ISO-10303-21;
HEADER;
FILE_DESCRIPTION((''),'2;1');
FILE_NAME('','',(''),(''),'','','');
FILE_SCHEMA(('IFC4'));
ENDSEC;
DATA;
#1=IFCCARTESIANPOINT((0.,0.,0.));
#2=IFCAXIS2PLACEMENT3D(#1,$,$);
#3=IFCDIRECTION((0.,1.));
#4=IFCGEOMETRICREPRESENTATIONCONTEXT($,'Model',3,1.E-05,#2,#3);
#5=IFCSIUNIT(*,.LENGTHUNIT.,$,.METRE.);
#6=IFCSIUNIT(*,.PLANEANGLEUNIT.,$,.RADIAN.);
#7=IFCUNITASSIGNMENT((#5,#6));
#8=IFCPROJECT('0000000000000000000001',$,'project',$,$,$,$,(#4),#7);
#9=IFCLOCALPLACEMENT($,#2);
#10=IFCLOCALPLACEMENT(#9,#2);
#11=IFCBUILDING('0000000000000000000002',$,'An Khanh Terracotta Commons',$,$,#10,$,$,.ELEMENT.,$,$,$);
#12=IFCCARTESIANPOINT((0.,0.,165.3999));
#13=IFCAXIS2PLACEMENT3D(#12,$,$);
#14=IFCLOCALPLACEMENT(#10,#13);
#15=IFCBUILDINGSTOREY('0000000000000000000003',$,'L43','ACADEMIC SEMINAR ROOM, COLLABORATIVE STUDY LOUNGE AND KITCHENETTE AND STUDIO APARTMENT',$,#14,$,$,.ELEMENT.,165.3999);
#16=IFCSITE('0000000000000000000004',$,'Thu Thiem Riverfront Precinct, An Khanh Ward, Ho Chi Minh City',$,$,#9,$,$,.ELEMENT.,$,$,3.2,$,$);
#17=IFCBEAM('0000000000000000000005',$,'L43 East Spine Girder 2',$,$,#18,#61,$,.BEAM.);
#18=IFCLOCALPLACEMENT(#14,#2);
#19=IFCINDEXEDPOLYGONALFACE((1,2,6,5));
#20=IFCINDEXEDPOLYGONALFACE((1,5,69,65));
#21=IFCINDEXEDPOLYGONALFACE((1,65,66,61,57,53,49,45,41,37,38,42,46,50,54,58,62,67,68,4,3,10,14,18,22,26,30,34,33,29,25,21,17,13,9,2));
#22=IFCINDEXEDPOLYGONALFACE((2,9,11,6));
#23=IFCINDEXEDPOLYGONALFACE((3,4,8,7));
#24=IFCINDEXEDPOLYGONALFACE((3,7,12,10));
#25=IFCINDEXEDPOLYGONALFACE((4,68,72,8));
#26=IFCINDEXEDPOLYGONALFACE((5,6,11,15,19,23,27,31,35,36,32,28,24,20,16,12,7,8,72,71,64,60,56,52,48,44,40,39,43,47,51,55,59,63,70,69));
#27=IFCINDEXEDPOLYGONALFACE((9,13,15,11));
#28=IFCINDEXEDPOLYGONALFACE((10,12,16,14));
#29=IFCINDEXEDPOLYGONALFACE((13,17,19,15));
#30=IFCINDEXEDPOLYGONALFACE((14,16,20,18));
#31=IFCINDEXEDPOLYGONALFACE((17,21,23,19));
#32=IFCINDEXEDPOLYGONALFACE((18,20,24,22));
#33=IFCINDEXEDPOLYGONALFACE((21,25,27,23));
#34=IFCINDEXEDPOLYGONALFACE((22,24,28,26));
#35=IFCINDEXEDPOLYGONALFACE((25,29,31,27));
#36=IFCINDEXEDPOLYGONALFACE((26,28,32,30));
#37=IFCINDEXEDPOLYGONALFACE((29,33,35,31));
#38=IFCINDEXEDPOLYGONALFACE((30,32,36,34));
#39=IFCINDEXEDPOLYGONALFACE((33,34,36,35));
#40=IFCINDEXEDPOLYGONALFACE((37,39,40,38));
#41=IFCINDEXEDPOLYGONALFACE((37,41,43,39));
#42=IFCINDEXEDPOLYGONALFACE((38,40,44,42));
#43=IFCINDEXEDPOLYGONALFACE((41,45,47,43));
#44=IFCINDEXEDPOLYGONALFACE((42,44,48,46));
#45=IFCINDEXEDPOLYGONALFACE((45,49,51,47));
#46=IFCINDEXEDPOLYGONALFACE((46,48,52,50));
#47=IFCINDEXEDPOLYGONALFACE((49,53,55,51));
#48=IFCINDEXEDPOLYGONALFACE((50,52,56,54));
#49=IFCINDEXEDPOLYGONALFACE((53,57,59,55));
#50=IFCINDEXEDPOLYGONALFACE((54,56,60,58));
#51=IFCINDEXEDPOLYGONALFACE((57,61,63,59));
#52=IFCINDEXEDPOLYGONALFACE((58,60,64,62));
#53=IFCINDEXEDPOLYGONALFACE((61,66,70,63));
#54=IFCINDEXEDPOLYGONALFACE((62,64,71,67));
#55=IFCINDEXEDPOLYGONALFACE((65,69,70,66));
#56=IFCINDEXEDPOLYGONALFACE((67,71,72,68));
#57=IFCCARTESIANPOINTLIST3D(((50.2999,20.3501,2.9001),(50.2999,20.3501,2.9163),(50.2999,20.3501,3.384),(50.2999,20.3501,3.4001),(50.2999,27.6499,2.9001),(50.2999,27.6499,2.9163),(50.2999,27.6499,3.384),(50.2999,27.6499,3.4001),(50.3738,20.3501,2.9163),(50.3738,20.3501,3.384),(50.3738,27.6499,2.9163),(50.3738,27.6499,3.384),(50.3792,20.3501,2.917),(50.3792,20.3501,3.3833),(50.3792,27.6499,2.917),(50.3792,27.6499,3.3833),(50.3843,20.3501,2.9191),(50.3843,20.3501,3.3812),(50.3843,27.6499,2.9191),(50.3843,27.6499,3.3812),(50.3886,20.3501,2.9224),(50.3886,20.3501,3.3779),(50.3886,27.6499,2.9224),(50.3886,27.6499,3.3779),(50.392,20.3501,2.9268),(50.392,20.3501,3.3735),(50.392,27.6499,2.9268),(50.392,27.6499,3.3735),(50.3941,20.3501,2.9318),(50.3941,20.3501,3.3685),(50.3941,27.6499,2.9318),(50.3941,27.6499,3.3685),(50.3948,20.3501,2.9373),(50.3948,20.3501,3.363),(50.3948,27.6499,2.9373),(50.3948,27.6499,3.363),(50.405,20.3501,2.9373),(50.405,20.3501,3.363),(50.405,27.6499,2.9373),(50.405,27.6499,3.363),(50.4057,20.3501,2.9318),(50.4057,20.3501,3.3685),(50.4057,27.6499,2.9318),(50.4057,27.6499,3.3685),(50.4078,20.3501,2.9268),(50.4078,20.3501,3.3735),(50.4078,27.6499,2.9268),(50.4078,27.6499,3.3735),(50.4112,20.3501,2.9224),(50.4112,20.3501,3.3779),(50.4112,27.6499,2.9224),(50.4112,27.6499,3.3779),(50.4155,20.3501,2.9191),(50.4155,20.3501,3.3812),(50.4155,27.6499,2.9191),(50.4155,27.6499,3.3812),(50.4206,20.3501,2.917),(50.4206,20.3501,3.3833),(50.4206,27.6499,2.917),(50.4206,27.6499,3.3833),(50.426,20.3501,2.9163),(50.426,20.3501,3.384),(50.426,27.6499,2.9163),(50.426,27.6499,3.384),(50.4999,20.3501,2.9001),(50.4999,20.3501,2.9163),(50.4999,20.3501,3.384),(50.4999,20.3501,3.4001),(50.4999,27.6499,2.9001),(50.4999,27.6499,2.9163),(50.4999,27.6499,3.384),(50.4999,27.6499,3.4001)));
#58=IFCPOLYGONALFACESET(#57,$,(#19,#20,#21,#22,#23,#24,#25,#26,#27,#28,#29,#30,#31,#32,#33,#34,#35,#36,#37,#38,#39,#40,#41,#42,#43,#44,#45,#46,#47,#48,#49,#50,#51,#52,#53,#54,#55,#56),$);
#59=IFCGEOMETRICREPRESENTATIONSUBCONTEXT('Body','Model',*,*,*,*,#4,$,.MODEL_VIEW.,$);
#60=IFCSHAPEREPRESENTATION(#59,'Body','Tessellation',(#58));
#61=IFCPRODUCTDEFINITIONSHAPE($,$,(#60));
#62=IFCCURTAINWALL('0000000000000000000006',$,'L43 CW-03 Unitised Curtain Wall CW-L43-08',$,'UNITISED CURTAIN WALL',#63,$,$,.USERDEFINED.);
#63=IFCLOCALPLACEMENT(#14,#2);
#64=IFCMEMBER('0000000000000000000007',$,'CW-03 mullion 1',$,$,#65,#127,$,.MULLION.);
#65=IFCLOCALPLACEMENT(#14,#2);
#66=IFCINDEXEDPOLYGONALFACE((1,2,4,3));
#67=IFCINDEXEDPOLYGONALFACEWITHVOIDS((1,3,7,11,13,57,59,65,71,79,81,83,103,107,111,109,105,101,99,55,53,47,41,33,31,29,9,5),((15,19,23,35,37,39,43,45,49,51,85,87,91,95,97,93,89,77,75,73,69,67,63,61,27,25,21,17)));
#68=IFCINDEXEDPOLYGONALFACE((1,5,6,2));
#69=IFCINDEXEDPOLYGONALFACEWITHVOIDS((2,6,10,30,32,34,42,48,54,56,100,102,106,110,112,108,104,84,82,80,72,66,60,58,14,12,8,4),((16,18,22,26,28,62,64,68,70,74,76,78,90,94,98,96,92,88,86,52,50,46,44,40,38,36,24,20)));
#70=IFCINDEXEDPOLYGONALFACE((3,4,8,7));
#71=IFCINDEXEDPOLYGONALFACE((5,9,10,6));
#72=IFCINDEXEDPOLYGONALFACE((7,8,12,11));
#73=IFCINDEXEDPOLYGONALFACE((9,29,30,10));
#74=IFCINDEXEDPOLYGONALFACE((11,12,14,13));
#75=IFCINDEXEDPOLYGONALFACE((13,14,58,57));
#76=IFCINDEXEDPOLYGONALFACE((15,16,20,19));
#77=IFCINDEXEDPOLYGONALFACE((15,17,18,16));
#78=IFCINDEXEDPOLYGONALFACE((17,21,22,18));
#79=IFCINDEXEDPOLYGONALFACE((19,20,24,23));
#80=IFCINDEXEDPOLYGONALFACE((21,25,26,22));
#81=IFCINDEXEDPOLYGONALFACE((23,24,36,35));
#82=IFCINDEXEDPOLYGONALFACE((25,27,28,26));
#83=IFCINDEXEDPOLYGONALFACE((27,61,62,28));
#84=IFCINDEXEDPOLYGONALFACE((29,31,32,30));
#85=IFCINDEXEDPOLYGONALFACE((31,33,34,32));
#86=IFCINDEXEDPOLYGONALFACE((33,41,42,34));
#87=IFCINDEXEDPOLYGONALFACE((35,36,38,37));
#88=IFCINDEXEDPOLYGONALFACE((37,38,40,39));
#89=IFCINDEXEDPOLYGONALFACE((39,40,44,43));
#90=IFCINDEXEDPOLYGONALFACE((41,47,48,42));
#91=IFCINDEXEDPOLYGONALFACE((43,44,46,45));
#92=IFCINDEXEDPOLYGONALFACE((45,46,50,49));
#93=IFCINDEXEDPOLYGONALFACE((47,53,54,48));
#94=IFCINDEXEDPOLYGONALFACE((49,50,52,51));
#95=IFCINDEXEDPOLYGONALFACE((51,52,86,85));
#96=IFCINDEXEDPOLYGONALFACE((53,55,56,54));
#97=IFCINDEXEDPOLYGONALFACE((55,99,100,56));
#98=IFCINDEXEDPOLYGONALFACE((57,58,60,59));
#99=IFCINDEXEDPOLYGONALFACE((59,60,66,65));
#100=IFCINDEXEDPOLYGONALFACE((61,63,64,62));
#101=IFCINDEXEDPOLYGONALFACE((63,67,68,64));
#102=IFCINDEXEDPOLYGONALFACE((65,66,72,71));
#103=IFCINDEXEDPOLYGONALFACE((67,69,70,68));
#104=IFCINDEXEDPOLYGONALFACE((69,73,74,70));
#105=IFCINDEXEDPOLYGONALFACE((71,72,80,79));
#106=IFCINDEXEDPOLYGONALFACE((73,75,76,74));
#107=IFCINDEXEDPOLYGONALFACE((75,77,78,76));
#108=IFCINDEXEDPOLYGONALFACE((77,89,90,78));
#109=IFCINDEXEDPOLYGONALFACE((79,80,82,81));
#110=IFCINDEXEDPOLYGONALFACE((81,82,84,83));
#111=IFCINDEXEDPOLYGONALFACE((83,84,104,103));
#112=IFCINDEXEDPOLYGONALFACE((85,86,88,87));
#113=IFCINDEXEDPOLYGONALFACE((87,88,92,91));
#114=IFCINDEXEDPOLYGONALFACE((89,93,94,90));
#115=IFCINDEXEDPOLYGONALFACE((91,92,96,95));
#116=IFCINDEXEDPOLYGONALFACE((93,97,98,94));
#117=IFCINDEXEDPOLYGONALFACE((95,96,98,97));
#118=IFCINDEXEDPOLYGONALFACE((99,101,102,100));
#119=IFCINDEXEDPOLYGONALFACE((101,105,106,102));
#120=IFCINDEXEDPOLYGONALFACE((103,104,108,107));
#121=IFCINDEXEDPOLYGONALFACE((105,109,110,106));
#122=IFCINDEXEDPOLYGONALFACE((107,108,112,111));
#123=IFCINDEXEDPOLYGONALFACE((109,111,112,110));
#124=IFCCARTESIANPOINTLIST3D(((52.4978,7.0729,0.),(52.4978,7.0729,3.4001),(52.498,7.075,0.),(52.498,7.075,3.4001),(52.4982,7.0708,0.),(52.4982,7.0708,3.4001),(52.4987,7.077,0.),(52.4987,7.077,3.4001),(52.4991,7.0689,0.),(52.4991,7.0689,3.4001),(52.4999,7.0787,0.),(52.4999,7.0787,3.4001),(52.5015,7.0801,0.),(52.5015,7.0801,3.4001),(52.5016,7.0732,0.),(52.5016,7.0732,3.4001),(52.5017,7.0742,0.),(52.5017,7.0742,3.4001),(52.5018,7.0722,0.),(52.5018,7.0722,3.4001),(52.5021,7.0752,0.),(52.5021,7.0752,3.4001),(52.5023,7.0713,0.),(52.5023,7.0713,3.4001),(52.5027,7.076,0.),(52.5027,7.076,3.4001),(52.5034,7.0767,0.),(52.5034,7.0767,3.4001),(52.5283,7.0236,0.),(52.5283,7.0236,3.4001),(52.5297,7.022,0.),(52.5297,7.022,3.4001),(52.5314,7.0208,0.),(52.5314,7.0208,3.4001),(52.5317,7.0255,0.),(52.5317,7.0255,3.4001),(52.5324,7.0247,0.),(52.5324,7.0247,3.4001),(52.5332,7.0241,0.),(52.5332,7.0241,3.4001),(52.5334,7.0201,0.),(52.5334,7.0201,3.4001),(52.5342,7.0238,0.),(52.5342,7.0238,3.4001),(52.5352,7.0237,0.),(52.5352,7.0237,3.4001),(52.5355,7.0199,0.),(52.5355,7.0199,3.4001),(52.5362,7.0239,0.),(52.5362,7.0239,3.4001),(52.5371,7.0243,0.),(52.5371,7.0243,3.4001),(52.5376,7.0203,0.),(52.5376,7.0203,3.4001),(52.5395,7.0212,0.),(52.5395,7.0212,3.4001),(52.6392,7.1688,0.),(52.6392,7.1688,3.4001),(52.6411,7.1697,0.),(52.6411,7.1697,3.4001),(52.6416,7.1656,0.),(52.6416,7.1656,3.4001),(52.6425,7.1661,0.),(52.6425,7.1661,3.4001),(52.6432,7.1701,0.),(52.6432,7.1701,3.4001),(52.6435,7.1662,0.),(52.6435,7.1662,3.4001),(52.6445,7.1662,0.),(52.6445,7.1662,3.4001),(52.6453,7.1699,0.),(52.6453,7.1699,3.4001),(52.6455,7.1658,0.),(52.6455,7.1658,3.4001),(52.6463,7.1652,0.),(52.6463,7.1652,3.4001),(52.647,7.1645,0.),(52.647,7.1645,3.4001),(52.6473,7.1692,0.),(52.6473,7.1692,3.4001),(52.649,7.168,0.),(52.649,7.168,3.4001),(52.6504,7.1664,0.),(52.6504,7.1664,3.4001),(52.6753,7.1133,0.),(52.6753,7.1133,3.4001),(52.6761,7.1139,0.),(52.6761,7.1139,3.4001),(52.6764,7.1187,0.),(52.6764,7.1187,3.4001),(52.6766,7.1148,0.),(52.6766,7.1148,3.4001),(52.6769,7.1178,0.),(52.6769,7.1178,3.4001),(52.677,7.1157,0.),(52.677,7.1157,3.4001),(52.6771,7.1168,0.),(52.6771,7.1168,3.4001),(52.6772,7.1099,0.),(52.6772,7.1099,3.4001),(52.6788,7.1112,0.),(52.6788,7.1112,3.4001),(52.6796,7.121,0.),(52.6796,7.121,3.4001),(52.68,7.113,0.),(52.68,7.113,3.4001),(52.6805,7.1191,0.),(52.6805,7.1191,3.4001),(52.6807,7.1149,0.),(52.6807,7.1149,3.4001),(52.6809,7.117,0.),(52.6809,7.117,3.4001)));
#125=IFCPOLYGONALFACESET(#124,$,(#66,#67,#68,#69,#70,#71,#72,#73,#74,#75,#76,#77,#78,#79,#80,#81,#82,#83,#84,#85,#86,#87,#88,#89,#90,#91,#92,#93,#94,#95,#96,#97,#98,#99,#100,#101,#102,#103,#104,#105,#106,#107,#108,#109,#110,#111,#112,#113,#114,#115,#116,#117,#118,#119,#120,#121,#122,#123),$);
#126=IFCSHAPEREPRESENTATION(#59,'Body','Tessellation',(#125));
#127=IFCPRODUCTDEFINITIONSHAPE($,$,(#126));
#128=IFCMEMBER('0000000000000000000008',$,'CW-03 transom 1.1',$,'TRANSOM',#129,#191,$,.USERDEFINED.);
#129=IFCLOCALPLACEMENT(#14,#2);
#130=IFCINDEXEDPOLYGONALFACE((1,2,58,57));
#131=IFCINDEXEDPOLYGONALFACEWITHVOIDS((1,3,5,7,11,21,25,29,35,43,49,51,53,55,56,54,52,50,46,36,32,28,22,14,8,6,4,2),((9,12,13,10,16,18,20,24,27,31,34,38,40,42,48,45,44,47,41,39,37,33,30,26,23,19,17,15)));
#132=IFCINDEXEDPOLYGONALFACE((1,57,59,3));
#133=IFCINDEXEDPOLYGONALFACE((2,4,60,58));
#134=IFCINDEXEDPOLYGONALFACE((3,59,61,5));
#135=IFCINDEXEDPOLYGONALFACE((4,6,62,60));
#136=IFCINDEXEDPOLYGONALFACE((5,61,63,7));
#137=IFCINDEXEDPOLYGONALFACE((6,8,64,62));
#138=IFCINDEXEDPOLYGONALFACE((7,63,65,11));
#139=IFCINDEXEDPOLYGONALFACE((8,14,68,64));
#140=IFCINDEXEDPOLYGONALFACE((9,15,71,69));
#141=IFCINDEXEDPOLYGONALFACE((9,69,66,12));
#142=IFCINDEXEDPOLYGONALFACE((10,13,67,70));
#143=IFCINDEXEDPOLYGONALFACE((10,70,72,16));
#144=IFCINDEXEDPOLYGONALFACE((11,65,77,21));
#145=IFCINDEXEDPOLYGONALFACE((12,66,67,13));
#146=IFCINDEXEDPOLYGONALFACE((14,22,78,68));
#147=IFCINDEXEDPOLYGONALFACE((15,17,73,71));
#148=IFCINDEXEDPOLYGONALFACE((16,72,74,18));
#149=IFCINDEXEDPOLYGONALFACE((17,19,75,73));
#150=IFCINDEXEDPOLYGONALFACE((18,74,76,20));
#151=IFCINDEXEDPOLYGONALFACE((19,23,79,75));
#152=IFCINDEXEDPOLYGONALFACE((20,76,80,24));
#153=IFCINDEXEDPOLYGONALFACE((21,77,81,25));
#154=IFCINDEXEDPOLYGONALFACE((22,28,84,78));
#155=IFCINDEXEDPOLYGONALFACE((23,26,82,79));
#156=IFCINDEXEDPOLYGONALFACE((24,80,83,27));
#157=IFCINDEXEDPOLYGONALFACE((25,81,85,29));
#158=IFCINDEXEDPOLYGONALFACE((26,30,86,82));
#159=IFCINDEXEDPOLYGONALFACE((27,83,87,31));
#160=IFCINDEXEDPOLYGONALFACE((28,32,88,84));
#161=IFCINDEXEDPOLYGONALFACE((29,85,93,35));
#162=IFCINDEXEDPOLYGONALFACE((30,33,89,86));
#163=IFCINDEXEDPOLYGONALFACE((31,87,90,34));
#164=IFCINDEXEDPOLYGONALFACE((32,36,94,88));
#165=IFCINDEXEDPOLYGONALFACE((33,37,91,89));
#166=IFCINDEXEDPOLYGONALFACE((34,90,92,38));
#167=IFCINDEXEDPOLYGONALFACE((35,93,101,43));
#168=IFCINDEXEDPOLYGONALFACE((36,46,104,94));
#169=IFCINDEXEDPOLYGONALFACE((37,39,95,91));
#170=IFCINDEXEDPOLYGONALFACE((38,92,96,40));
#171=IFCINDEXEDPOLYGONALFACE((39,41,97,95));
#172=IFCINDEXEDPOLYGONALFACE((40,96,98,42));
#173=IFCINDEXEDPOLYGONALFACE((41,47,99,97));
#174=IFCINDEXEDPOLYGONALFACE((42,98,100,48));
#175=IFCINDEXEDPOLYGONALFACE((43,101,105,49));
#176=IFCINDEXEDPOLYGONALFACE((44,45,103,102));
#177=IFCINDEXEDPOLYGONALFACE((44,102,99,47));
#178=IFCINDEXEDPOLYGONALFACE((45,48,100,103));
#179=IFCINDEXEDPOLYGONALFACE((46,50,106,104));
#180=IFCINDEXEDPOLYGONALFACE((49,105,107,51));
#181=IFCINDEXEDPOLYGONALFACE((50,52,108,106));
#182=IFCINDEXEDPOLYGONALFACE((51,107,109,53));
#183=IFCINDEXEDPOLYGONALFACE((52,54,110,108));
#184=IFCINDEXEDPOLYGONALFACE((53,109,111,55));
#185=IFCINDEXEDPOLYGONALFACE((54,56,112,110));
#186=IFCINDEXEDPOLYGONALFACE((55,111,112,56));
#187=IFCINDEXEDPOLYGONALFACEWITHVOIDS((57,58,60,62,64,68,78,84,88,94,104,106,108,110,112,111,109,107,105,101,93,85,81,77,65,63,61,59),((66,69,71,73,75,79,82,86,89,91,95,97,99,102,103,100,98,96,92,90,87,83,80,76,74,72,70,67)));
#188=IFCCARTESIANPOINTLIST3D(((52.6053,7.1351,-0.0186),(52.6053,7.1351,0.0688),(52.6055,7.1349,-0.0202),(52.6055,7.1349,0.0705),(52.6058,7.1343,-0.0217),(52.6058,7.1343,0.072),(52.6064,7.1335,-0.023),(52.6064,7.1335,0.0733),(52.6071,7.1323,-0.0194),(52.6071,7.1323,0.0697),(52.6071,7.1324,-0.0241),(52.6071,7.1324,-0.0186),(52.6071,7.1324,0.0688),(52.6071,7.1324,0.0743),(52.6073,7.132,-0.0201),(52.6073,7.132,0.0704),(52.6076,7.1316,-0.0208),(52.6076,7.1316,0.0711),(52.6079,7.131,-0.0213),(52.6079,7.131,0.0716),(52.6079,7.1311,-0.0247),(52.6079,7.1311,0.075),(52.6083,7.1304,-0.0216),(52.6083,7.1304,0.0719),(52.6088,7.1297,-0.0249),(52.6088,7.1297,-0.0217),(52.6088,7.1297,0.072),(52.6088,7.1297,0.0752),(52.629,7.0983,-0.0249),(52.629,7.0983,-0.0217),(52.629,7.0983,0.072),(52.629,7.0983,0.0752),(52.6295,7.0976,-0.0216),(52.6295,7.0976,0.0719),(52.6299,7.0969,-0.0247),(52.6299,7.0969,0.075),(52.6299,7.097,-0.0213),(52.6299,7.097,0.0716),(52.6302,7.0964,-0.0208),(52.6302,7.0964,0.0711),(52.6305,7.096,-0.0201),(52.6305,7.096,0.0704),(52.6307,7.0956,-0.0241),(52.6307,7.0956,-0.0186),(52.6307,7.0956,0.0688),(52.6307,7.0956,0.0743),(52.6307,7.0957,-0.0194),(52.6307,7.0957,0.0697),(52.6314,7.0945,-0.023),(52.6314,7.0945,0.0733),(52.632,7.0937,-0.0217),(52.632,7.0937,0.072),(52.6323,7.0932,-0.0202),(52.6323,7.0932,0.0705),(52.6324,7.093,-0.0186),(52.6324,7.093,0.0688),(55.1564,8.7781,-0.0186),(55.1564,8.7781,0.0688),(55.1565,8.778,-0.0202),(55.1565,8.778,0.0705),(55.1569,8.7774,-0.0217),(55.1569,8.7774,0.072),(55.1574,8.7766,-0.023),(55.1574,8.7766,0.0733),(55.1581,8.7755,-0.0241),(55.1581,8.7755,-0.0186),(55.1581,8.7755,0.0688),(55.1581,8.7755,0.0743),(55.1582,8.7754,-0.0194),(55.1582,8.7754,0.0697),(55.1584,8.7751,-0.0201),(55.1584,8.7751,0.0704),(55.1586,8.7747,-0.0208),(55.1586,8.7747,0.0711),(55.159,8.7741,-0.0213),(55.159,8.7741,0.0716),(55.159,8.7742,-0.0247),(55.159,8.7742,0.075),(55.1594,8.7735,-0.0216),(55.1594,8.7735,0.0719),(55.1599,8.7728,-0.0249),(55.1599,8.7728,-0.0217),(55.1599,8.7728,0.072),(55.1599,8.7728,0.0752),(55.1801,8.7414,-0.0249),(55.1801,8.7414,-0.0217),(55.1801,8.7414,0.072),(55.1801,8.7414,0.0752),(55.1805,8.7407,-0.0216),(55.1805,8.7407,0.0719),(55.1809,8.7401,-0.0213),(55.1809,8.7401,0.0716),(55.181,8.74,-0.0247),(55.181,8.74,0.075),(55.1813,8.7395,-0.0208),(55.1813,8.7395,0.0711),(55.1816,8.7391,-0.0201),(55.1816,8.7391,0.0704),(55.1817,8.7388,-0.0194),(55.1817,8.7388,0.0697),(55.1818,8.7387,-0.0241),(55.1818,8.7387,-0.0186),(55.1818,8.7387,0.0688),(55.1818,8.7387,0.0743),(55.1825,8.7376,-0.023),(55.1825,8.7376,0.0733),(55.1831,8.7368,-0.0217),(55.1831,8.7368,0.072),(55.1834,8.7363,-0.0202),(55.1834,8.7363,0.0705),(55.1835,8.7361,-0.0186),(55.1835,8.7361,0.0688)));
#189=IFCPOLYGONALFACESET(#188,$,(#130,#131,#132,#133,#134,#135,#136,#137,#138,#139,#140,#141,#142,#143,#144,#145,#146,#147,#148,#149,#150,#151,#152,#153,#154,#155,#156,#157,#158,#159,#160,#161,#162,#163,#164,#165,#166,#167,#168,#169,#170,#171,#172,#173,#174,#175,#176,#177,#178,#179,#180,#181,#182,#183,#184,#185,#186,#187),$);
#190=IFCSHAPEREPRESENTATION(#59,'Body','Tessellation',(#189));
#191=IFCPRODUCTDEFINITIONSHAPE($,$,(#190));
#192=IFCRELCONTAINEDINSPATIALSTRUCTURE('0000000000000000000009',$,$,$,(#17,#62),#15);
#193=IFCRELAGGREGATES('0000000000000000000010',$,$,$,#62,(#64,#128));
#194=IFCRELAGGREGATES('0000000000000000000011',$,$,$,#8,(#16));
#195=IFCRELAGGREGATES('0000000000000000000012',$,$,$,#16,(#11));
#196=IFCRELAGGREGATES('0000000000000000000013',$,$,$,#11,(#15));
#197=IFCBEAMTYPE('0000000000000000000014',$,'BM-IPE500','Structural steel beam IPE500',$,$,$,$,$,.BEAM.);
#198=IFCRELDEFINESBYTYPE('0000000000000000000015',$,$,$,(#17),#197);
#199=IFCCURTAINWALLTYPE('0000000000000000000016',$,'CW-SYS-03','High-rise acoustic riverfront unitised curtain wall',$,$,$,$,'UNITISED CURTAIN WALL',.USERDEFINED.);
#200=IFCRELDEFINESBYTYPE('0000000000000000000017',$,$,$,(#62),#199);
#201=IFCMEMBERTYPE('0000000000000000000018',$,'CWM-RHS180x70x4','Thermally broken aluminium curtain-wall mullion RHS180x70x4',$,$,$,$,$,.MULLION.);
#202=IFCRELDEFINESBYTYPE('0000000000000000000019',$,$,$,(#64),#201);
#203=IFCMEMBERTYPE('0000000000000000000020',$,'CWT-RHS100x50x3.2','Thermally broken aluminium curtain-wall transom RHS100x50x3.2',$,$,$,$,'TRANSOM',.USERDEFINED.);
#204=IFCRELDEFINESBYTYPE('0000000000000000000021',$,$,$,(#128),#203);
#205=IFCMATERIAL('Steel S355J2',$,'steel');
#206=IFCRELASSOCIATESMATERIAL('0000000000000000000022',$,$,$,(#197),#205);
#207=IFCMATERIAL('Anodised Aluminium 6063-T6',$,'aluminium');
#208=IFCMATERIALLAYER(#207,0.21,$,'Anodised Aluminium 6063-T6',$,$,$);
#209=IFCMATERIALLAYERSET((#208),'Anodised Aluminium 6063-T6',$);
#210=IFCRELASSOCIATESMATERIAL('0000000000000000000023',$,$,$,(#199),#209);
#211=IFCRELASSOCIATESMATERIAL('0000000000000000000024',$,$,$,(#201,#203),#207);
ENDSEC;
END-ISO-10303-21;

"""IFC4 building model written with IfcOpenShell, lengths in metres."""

from ifc_helpers import new_model, si_unit, direction, frame, origin, origin_2d, place, context, subcontext, project, spatial, hollow_rectangle, i_section, extrude, material, layer, layer_set, material_profile, profile_set, type_object, element, aggregate, save


model = new_model("IFC4")

# Units and contexts
model_context = context("Model", 3, precision=1e-05, world=origin(), true_north=direction((0.0, 1.0)))
body_context = subcontext(model_context, "Body", "Model", "MODEL_VIEW")
ifc_project = project(units=[si_unit("LENGTHUNIT", "METRE"), si_unit("PLANEANGLEUNIT", "RADIAN")], contexts=[model_context])

# Site, building, storey
site_placement = place(None, origin())
site = spatial("IfcSite", under=ifc_project, at=site_placement, Name="Thu Thiem Riverfront Precinct, An Khanh Ward, Ho Chi Minh City", CompositionType="ELEMENT", RefElevation=3.2)
building_placement = place(site_placement, origin())
building = spatial("IfcBuilding", under=site, at=building_placement, Name="An Khanh Terracotta Commons", CompositionType="ELEMENT")
storey_placement = place(building_placement, frame((0.0, 0.0, 165.3999)))
storey = spatial("IfcBuildingStorey", under=building, at=storey_placement, Name="L43", Description="ACADEMIC SEMINAR ROOM, COLLABORATIVE STUDY LOUNGE AND KITCHENETTE AND STUDIO APARTMENT", CompositionType="ELEMENT", Elevation=165.3999)

# Beam
ifc_material_1 = material(Name="Steel S355J2", Category="steel")
ifc_material_profile_1 = material_profile(ifc_material_1, i_section(OverallWidth=0.2, OverallDepth=0.5, WebThickness=0.0103, FlangeThickness=0.0161, FilletRadius=0.021, at=origin_2d()), Name="IPE500")
ifc_profile_set_1 = profile_set([ifc_material_profile_1], Name="Steel S355J2")
beam_type_1 = type_object("IfcBeamType", Name="BM-IPE500", Description="Structural steel beam IPE500", PredefinedType="BEAM", material=ifc_profile_set_1)
beam_placement = place(storey_placement, frame((50.3999, 20.3501, 3.1501), z_axis=(0.0, 1.0, 0.0), x_axis=(-1.0, 0.0, 0.0)))
element("IfcBeam", 1, at=beam_placement, inside=storey, type_object=beam_type_1, Name="L43 East Spine Girder 2", PredefinedType="BEAM", context=body_context, shape_type="SweptSolid", body=[
    extrude(i_section(OverallWidth=0.2, OverallDepth=0.5, WebThickness=0.0103, FlangeThickness=0.0161, FilletRadius=0.021, at=origin_2d()), origin(), (0.0, 0.0, 1.0), 7.2998),
])

# Curtain wall, members
ifc_material_2 = material(Name="Anodised Aluminium 6063-T6", Category="aluminium")
ifc_layer_1 = layer(ifc_material_2, 0.21, Name="Anodised Aluminium 6063-T6")
ifc_layer_set_1 = layer_set([ifc_layer_1], Name="Anodised Aluminium 6063-T6")
curtain_wall_type = type_object("IfcCurtainWallType", Name="CW-SYS-03", Description="High-rise acoustic riverfront unitised curtain wall", ElementType="UNITISED CURTAIN WALL", PredefinedType="USERDEFINED", material=ifc_layer_set_1)
curtain_wall_placement = place(storey_placement, origin())
curtain_wall = element("IfcCurtainWall", 2, at=curtain_wall_placement, inside=storey, type_object=curtain_wall_type, Name="L43 CW-03 Unitised Curtain Wall CW-L43-08", ObjectType="UNITISED CURTAIN WALL", PredefinedType="USERDEFINED")
ifc_material_profile_2 = material_profile(ifc_material_2, hollow_rectangle(XDim=0.0701, YDim=0.1799, WallThickness=0.0039, InnerFilletRadius=0.0039, OuterFilletRadius=0.0081, at=origin_2d()), Name="RHS180x70x4")
ifc_profile_set_2 = profile_set([ifc_material_profile_2], Name="Anodised Aluminium 6063-T6")
member_type_1 = type_object("IfcMemberType", Name="CWM-RHS180x70x4", Description="Thermally broken aluminium curtain-wall mullion RHS180x70x4", PredefinedType="MULLION", material=ifc_profile_set_2)
member_1_placement = place(storey_placement, frame((52.5894, 7.095, 0.0), z_axis=(0.0, 0.0, 1.0), x_axis=(-0.541498, 0.840702, 0.0)))
member_1 = element("IfcMember", 3, at=member_1_placement, type_object=member_type_1, Name="CW-03 mullion 1", PredefinedType="MULLION", context=body_context, shape_type="SweptSolid", body=[
    extrude(hollow_rectangle(XDim=0.0701, YDim=0.1799, WallThickness=0.0039, InnerFilletRadius=0.0039, OuterFilletRadius=0.0081, at=origin_2d()), origin(), (0.0, 0.0, 1.0), 3.4001),
])
ifc_material_profile_3 = material_profile(ifc_material_2, hollow_rectangle(XDim=0.05, YDim=0.1001, WallThickness=0.0032, InnerFilletRadius=0.0032, OuterFilletRadius=0.0063, at=origin_2d()), Name="RHS100x50x3.2")
ifc_profile_set_3 = profile_set([ifc_material_profile_3], Name="Anodised Aluminium 6063-T6")
member_type_2 = type_object("IfcMemberType", Name="CWT-RHS100x50x3.2", Description="Thermally broken aluminium curtain-wall transom RHS100x50x3.2", ElementType="TRANSOM", PredefinedType="USERDEFINED", material=ifc_profile_set_3)
member_2_placement = place(storey_placement, frame((52.6189, 7.114, 0.0251), z_axis=(0.84071, 0.541485, 0.0), x_axis=(-0.541485, 0.84071, 0.0)))
member_2 = element("IfcMember", 4, at=member_2_placement, type_object=member_type_2, Name="CW-03 transom 1.1", ObjectType="TRANSOM", PredefinedType="USERDEFINED", context=body_context, shape_type="SweptSolid", body=[
    extrude(hollow_rectangle(XDim=0.05, YDim=0.1001, WallThickness=0.0032, InnerFilletRadius=0.0032, OuterFilletRadius=0.0063, at=origin_2d()), origin(), (0.0, 0.0, 1.0), 3.0344),
])
aggregate(curtain_wall, [member_1, member_2])

save(model, "model.ifc")
